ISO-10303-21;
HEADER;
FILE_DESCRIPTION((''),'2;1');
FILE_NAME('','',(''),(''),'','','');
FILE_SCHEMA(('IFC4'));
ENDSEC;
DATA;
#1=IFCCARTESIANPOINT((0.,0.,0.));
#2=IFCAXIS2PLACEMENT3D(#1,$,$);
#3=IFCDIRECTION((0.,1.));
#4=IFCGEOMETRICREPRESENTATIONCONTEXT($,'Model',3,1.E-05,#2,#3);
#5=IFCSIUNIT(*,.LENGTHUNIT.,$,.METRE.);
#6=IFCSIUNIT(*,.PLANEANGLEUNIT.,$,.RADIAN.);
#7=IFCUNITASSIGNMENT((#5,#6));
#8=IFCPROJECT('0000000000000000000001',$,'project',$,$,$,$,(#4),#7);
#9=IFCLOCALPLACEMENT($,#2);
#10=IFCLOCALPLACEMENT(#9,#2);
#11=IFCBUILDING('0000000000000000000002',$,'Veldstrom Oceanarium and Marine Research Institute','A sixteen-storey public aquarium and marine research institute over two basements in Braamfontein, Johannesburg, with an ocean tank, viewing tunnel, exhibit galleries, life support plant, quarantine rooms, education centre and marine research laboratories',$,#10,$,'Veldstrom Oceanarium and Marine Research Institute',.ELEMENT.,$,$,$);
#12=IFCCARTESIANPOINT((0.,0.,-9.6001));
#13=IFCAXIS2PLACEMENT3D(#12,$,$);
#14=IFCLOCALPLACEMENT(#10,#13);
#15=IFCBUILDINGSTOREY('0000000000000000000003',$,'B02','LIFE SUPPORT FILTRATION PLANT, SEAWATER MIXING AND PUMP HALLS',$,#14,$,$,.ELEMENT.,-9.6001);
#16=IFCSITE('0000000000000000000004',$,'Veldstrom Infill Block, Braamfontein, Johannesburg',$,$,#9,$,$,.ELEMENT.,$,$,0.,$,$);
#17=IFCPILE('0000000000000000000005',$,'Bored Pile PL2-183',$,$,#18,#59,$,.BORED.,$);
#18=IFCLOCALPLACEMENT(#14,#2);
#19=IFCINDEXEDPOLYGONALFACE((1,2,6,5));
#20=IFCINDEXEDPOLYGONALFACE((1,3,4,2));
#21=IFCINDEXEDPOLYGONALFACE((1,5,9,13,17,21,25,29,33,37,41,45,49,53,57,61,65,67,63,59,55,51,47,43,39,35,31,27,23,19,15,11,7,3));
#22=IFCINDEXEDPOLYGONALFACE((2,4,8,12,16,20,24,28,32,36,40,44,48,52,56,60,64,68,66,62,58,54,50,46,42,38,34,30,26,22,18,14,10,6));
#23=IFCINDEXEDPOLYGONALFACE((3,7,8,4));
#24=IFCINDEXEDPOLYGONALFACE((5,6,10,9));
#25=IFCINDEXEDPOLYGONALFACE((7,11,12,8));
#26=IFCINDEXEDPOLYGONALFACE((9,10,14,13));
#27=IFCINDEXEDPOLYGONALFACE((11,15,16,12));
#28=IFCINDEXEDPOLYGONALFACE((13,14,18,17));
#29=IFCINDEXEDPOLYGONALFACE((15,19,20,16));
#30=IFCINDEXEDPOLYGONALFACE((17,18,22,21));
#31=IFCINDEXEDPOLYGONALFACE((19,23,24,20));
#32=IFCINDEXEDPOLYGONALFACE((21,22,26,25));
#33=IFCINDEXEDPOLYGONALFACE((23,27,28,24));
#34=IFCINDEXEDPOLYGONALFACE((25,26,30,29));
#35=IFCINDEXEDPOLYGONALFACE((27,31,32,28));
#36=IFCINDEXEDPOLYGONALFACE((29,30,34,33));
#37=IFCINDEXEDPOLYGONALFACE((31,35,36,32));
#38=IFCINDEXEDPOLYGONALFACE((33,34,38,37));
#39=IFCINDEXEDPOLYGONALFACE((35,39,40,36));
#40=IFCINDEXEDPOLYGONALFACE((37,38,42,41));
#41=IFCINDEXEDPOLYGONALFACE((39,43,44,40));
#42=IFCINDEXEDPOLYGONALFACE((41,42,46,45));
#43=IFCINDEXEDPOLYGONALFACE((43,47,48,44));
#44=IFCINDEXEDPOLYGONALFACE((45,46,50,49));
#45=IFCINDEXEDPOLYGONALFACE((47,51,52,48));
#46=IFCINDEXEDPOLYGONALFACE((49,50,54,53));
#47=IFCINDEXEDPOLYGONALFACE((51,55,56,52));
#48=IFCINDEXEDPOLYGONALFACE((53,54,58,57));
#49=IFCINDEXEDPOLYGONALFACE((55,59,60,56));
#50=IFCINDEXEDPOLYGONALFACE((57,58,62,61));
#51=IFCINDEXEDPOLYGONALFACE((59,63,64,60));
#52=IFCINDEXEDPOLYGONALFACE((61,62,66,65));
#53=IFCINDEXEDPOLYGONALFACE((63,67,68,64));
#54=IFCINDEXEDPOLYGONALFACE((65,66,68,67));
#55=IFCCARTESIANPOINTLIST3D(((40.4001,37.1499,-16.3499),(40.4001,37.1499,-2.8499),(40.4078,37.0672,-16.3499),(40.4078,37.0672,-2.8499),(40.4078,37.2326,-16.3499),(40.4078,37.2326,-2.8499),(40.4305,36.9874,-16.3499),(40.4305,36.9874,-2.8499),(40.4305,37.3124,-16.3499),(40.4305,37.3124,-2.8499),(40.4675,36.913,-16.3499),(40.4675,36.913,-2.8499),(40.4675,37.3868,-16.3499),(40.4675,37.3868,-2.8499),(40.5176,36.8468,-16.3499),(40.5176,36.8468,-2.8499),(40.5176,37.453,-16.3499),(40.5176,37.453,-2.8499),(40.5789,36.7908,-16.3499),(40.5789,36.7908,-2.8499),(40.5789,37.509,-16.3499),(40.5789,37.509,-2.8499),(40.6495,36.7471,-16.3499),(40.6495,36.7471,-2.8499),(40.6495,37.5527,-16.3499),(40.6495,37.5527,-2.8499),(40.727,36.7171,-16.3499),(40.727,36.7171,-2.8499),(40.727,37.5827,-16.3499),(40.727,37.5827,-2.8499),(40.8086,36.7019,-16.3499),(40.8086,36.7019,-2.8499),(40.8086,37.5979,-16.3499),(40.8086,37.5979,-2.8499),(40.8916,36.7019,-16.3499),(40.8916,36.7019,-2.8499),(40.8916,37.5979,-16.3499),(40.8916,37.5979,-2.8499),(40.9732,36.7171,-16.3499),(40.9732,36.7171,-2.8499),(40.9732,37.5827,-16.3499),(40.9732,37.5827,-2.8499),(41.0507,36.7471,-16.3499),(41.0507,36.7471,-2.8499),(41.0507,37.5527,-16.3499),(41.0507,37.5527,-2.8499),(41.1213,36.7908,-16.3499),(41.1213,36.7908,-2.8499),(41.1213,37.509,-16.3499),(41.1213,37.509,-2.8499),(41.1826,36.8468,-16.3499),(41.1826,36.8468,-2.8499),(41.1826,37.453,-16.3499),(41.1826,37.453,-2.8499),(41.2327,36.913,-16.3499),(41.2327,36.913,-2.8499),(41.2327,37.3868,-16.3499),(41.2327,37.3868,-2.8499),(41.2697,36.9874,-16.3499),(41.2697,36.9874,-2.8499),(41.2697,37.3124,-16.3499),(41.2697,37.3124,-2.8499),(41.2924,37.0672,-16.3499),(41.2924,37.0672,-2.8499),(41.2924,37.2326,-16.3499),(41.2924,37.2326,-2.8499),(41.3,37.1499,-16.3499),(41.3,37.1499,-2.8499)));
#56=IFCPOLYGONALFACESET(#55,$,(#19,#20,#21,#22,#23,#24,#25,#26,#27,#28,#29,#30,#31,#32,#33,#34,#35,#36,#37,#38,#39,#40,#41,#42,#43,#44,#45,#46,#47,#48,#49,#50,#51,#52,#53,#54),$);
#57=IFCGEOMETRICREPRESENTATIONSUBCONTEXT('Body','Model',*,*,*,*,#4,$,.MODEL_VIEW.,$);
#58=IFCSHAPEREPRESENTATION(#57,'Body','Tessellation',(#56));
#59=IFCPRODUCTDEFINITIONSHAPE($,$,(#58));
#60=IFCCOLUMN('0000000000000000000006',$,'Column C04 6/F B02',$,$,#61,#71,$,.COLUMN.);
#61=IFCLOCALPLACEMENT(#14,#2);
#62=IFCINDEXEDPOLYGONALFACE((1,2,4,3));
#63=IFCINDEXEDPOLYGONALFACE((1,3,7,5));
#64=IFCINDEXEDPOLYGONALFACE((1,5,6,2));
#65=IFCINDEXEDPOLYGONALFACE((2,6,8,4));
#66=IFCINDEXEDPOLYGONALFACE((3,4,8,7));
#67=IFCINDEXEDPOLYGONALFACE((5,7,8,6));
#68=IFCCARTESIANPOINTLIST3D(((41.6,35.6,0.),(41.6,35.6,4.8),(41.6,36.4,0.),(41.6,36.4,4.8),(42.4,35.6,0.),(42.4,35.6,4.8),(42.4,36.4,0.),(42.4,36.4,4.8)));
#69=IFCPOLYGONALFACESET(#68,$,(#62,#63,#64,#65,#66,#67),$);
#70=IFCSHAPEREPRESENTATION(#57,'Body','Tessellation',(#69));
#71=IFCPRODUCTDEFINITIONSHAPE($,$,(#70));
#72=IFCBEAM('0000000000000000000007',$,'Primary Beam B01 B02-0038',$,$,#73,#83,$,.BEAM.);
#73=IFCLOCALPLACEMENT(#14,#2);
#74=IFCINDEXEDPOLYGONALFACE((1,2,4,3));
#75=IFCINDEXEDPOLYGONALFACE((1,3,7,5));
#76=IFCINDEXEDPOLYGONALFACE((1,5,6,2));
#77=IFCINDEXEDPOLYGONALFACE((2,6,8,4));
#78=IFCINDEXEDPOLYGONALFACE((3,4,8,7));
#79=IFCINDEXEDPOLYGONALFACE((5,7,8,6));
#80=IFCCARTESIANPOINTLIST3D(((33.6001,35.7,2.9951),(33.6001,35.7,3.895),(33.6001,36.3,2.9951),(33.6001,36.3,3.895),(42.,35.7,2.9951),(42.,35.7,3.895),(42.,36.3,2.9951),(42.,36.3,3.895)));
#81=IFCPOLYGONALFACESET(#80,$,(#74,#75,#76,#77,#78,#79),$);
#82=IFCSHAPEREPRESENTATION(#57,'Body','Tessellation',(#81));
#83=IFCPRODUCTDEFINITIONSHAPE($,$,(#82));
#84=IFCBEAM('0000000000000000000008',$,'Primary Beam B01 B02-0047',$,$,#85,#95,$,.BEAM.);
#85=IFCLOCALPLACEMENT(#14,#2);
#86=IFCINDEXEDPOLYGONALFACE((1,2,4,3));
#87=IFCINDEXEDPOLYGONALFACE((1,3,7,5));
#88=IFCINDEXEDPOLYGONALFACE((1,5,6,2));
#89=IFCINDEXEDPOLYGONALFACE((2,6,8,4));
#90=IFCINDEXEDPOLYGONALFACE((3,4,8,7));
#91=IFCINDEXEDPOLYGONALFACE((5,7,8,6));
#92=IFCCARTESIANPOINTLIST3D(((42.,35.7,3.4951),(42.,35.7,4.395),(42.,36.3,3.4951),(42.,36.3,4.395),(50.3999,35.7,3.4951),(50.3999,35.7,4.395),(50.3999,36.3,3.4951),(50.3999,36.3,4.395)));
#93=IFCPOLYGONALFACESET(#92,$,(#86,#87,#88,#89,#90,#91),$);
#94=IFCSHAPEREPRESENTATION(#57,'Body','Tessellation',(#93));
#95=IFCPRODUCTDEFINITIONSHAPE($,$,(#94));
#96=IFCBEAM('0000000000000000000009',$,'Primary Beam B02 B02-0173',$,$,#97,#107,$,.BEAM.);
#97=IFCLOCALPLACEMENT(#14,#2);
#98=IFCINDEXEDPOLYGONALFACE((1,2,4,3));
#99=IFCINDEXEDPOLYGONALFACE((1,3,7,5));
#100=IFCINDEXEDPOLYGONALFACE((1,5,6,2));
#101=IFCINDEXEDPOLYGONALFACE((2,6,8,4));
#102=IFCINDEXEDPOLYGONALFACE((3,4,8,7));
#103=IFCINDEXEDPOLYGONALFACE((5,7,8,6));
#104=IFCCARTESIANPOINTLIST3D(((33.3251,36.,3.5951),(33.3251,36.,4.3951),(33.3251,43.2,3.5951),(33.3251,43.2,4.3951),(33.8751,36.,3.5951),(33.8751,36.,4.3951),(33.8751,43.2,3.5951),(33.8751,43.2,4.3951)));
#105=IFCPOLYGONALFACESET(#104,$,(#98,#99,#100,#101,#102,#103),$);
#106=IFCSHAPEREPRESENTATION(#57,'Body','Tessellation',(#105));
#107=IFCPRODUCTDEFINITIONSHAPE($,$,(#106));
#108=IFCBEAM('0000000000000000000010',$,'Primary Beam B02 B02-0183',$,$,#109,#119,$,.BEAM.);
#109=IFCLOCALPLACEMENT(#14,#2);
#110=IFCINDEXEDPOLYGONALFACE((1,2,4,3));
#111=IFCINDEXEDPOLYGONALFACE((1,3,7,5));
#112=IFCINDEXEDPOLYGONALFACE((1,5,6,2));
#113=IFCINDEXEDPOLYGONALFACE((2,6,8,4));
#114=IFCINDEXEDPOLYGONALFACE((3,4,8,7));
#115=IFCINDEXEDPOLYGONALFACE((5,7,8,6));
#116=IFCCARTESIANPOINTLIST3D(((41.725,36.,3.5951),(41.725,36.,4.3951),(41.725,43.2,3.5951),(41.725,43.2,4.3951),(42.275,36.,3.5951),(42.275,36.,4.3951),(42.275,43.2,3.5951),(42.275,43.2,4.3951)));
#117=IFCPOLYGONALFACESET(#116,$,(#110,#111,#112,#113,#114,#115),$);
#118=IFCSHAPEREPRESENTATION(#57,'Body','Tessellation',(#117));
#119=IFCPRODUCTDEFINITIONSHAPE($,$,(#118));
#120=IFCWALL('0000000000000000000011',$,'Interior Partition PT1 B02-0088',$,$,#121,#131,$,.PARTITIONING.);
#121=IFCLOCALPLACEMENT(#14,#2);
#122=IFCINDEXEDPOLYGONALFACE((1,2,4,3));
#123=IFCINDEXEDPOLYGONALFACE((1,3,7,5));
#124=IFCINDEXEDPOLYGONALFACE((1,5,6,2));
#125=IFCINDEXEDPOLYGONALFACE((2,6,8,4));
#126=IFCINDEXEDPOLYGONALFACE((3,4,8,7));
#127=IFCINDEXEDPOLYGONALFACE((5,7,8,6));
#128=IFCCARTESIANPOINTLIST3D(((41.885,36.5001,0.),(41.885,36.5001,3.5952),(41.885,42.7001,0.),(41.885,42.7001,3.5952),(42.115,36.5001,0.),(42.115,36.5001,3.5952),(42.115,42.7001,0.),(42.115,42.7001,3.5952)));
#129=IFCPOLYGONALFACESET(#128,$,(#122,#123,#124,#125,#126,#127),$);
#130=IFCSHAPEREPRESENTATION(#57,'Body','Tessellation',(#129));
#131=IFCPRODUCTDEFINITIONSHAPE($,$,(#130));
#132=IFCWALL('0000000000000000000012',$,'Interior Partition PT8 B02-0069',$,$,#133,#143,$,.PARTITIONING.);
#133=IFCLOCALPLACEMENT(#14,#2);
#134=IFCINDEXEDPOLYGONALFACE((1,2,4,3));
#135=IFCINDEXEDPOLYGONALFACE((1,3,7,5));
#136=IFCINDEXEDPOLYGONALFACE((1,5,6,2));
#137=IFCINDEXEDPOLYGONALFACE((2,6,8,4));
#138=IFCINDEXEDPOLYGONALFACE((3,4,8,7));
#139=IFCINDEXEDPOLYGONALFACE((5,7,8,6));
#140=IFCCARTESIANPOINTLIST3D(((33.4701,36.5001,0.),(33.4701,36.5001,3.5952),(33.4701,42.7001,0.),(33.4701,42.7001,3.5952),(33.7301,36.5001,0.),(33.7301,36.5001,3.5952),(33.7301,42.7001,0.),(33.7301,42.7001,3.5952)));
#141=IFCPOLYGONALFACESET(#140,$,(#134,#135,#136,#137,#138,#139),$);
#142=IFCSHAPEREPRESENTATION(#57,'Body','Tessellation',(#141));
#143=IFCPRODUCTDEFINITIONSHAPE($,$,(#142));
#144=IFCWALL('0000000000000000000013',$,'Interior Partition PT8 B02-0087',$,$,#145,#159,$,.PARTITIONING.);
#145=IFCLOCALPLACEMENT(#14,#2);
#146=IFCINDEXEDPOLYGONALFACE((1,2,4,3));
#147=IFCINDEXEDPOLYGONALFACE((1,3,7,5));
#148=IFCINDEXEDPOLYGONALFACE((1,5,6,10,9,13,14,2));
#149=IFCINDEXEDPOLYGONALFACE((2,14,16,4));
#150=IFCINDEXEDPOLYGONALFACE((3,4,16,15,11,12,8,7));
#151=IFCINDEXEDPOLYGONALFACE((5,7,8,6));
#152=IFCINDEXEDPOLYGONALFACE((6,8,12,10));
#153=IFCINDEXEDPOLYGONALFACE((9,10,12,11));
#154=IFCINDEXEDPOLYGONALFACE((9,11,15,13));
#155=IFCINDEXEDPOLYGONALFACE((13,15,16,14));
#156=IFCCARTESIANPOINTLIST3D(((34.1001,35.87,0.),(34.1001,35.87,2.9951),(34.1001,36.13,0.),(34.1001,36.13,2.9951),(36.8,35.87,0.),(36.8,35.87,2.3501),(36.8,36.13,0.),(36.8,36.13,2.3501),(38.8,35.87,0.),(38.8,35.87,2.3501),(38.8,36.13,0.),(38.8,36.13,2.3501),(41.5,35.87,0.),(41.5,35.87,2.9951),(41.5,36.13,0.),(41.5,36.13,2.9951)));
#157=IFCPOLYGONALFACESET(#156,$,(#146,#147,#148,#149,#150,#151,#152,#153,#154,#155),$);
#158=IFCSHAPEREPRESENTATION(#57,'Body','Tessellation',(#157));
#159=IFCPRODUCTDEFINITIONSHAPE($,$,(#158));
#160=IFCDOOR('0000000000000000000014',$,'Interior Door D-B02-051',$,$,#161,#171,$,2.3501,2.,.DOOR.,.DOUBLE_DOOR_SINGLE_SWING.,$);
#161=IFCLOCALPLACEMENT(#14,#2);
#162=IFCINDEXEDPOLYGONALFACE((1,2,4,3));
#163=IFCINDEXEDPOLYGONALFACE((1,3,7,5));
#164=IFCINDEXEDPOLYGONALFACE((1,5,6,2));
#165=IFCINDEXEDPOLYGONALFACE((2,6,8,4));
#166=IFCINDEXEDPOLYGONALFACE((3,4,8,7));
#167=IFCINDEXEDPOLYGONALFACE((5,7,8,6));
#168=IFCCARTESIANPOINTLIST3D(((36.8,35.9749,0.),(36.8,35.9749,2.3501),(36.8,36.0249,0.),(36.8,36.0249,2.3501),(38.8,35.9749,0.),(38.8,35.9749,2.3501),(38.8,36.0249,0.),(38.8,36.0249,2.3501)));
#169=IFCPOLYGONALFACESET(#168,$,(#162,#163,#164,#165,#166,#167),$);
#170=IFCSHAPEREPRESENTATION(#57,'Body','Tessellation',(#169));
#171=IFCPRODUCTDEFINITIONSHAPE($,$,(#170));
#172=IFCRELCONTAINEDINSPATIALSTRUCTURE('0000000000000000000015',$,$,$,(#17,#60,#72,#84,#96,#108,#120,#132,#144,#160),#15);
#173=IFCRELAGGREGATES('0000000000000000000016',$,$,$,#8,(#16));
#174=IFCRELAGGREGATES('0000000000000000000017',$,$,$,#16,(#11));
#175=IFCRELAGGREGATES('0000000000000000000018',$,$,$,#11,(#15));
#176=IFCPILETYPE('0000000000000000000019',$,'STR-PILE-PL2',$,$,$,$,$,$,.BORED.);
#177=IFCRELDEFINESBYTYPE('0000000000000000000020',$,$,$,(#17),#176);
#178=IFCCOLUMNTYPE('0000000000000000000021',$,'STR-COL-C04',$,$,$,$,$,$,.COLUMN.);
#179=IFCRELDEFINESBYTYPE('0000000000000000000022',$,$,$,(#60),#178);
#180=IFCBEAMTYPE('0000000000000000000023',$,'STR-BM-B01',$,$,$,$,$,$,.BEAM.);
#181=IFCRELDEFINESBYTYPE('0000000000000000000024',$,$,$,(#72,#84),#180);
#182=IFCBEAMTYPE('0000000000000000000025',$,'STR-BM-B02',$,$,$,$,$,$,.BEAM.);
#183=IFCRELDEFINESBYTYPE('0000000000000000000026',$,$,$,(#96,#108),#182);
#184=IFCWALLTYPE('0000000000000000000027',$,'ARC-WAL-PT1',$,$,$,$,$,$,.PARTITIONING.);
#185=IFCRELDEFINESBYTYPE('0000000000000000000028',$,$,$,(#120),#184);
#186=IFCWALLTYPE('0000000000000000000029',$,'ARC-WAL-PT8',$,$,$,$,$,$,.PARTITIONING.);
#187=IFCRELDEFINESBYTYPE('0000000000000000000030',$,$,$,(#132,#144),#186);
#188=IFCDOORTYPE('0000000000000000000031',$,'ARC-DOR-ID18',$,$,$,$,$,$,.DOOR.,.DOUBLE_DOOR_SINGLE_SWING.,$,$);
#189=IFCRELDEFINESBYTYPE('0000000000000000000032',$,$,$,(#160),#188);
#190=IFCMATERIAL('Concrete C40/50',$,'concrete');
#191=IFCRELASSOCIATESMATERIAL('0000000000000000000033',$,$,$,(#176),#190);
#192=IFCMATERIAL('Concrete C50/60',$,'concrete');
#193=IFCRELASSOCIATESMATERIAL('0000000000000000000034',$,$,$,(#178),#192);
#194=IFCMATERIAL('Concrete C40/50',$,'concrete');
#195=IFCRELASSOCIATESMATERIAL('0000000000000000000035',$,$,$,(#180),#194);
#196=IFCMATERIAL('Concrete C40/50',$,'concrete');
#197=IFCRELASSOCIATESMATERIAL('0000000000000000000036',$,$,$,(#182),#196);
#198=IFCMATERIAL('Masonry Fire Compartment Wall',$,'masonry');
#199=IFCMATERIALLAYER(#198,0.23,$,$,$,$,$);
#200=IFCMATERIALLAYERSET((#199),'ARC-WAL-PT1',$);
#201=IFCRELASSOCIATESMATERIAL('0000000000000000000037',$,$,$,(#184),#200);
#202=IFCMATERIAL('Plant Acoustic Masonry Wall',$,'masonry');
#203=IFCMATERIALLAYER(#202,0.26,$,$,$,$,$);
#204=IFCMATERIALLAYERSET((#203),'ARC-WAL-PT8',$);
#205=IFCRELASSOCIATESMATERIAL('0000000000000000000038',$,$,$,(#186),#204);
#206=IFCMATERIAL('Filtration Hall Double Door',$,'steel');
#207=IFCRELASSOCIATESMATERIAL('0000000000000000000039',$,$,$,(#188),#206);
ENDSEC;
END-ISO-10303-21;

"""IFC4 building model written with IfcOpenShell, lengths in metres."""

from ifc_helpers import new_model, si_unit, direction, frame, frame_2d, origin, origin_2d, place, context, subcontext, project, spatial, rectangle, circle, extrude, material, layer, layer_set, material_profile, profile_set, type_object, element, fill, save


model = new_model("IFC4")

# Units and contexts
model_context = context("Model", 3, precision=1e-05, world=origin(), true_north=direction((0.0, 1.0)))
body_context = subcontext(model_context, "Body", "Model", "MODEL_VIEW")
ifc_project = project(units=[si_unit("LENGTHUNIT", "METRE"), si_unit("PLANEANGLEUNIT", "RADIAN")], contexts=[model_context])

# Site, building, storey
site_placement = place(None, origin())
site = spatial("IfcSite", under=ifc_project, at=site_placement, Name="Veldstrom Infill Block, Braamfontein, Johannesburg", CompositionType="ELEMENT", RefElevation=0.0)
building_placement = place(site_placement, origin())
building = spatial("IfcBuilding", under=site, at=building_placement, Name="Veldstrom Oceanarium and Marine Research Institute", Description="A sixteen-storey public aquarium and marine research institute over two basements in Braamfontein, Johannesburg, with an ocean tank, viewing tunnel, exhibit galleries, life support plant, quarantine rooms, education centre and marine research laboratories", LongName="Veldstrom Oceanarium and Marine Research Institute", CompositionType="ELEMENT")
storey_placement = place(building_placement, frame((0.0, 0.0, -9.6001)))
storey = spatial("IfcBuildingStorey", under=building, at=storey_placement, Name="B02", Description="LIFE SUPPORT FILTRATION PLANT, SEAWATER MIXING AND PUMP HALLS", CompositionType="ELEMENT", Elevation=-9.6001)

# Pile
ifc_material_1 = material(Name="Concrete C40/50", Category="concrete")
ifc_material_profile_1 = material_profile(ifc_material_1, circle(Radius=0.45, at=origin_2d()), Name="PILE-D900")
ifc_profile_set_1 = profile_set([ifc_material_profile_1], Name="Concrete C40/50")
pile_type = type_object("IfcPileType", Name="STR-PILE-PL2", PredefinedType="BORED", material=ifc_profile_set_1)
for number, where, z_axis, x_axis, name in (
    (1, (40.8501, 37.1499, -2.8499), (0.0, 0.0, -1.0), (1.0, 0.0, 0.0), "Bored Pile PL2-183"),
):
    element("IfcPile", number, at=place(storey_placement, frame(where, z_axis=z_axis, x_axis=x_axis)), inside=storey, type_object=pile_type, Name=name, PredefinedType="BORED", context=body_context, shape_type="SweptSolid", body=[
        extrude(circle(Radius=0.45, at=origin_2d()), origin(), (0.0, 0.0, 1.0), 13.5),
    ])

# Column
ifc_material_2 = material(Name="Concrete C50/60", Category="concrete")
ifc_material_profile_2 = material_profile(ifc_material_2, rectangle(XDim=0.8, YDim=0.8, at=origin_2d()), Name="RC-COL-800x800")
ifc_profile_set_2 = profile_set([ifc_material_profile_2], Name="Concrete C50/60")
column_type = type_object("IfcColumnType", Name="STR-COL-C04", PredefinedType="COLUMN", material=ifc_profile_set_2)
column_placement = place(storey_placement, frame((42.0, 36.0, 0.0), z_axis=(0.0, 0.0, 1.0), x_axis=(1.0, 0.0, 0.0)))
element("IfcColumn", 2, at=column_placement, inside=storey, type_object=column_type, Name="Column C04 6/F B02", PredefinedType="COLUMN", context=body_context, shape_type="SweptSolid", body=[
    extrude(rectangle(XDim=0.8, YDim=0.8, at=origin_2d()), origin(), (0.0, 0.0, 1.0), 4.8),
])

# Beams
ifc_material_3 = material(Name="Concrete C40/50", Category="concrete")
ifc_material_profile_3 = material_profile(ifc_material_3, rectangle(XDim=0.6001, YDim=0.8999, at=origin_2d()), Name="RC-BM-600x900")
ifc_profile_set_3 = profile_set([ifc_material_profile_3], Name="Concrete C40/50")
beam_type_1 = type_object("IfcBeamType", Name="STR-BM-B01", PredefinedType="BEAM", material=ifc_profile_set_3)
for number, where, z_axis, x_axis, name in (
    (3, (33.6001, 36.0, 3.4451), (1.0, 0.0, 0.0), (0.0, 1.0, 0.0), "Primary Beam B01 B02-0038"),
    (4, (42.0, 36.0, 3.9451), (1.0, 0.0, 0.0), (0.0, 1.0, 0.0), "Primary Beam B01 B02-0047"),
):
    element("IfcBeam", number, at=place(storey_placement, frame(where, z_axis=z_axis, x_axis=x_axis)), inside=storey, type_object=beam_type_1, Name=name, PredefinedType="BEAM", context=body_context, shape_type="SweptSolid", body=[
        extrude(rectangle(XDim=0.6001, YDim=0.8999, at=origin_2d()), origin(), (0.0, 0.0, 1.0), 8.3999),
    ])
ifc_material_4 = material(Name="Concrete C40/50", Category="concrete")
ifc_material_profile_4 = material_profile(ifc_material_4, rectangle(XDim=0.55, YDim=0.8, at=origin_2d()), Name="RC-BM-550x800")
ifc_profile_set_4 = profile_set([ifc_material_profile_4], Name="Concrete C40/50")
beam_type_2 = type_object("IfcBeamType", Name="STR-BM-B02", PredefinedType="BEAM", material=ifc_profile_set_4)
for number, where, z_axis, x_axis, name in (
    (5, (33.6001, 36.0, 3.9951), (0.0, 1.0, 0.0), (-1.0, 0.0, 0.0), "Primary Beam B02 B02-0173"),
    (6, (42.0, 36.0, 3.9951), (0.0, 1.0, 0.0), (-1.0, 0.0, 0.0), "Primary Beam B02 B02-0183"),
):
    element("IfcBeam", number, at=place(storey_placement, frame(where, z_axis=z_axis, x_axis=x_axis)), inside=storey, type_object=beam_type_2, Name=name, PredefinedType="BEAM", context=body_context, shape_type="SweptSolid", body=[
        extrude(rectangle(XDim=0.55, YDim=0.8, at=origin_2d()), origin(), (0.0, 0.0, 1.0), 7.2),
    ])

# Walls
ifc_material_5 = material(Name="Masonry Fire Compartment Wall", Category="masonry")
ifc_layer_1 = layer(ifc_material_5, 0.23)
ifc_layer_set_1 = layer_set([ifc_layer_1], Name="ARC-WAL-PT1")
wall_type_1 = type_object("IfcWallType", Name="ARC-WAL-PT1", PredefinedType="PARTITIONING", material=ifc_layer_set_1)
wall_1_placement = place(storey_placement, frame((42.0, 36.5, 0.0), z_axis=(0.0, 0.0, 1.0), x_axis=(0.0, 1.0, 0.0)))
element("IfcWall", 7, at=wall_1_placement, inside=storey, type_object=wall_type_1, Name="Interior Partition PT1 B02-0088", PredefinedType="PARTITIONING", context=body_context, shape_type="SweptSolid", body=[
    extrude(rectangle(XDim=6.2, YDim=0.23, at=frame_2d((3.1001, 0.0))), origin(), (0.0, 0.0, 1.0), 3.5952),
])
ifc_material_6 = material(Name="Plant Acoustic Masonry Wall", Category="masonry")
ifc_layer_2 = layer(ifc_material_6, 0.26)
ifc_layer_set_2 = layer_set([ifc_layer_2], Name="ARC-WAL-PT8")
wall_type_2 = type_object("IfcWallType", Name="ARC-WAL-PT8", PredefinedType="PARTITIONING", material=ifc_layer_set_2)
wall_2_placement = place(storey_placement, frame((33.6001, 36.5, 0.0), z_axis=(0.0, 0.0, 1.0), x_axis=(0.0, 1.0, 0.0)))
element("IfcWall", 8, at=wall_2_placement, inside=storey, type_object=wall_type_2, Name="Interior Partition PT8 B02-0069", PredefinedType="PARTITIONING", context=body_context, shape_type="SweptSolid", body=[
    extrude(rectangle(XDim=6.2, YDim=0.26, at=frame_2d((3.1001, 0.0))), origin(), (0.0, 0.0, 1.0), 3.5952),
])

# Wall, opening, door
wall_3_placement = place(storey_placement, frame((34.1001, 36.0, 0.0), z_axis=(0.0, 0.0, 1.0), x_axis=(1.0, 0.0, 0.0)))
wall_3 = element("IfcWall", 9, at=wall_3_placement, inside=storey, type_object=wall_type_2, Name="Interior Partition PT8 B02-0087", PredefinedType="PARTITIONING", context=body_context, shape_type="SweptSolid", body=[
    extrude(rectangle(XDim=7.3999, YDim=0.26, at=frame_2d((3.7, 0.0))), origin(), (0.0, 0.0, 1.0), 2.9951),
])
opening_1_placement = place(wall_3_placement, frame((2.7, 0.0, 0.0)))
opening_1 = element("IfcOpeningElement", 10, at=opening_1_placement, cuts=wall_3, PredefinedType="OPENING", context=body_context, shape_type="SweptSolid", body=[
    extrude(rectangle(XDim=2.0, YDim=2.3501, at=frame_2d((1.0, 1.175))), frame((0.0, 0.1399, 0.0), z_axis=(0.0, -1.0, 0.0), x_axis=(1.0, 0.0, 0.0)), (0.0, 0.0, 1.0), 0.28),
])
ifc_material_7 = material(Name="Filtration Hall Double Door", Category="steel")
door_type_1 = type_object("IfcDoorType", Name="ARC-DOR-ID18", OperationType="DOUBLE_DOOR_SINGLE_SWING", PredefinedType="DOOR", material=ifc_material_7)
door_1_placement = place(opening_1_placement, origin())
door_1 = element("IfcDoor", 11, at=door_1_placement, inside=storey, type_object=door_type_1, Name="Interior Door D-B02-051", OperationType="DOUBLE_DOOR_SINGLE_SWING", OverallHeight=2.3501, OverallWidth=2.0, PredefinedType="DOOR", context=body_context, shape_type="SweptSolid", body=[
    extrude(rectangle(XDim=2.0, YDim=2.3501, at=frame_2d((1.0, 1.175))), frame((0.0, 0.0249, 0.0), z_axis=(0.0, -1.0, 0.0), x_axis=(1.0, 0.0, 0.0)), (0.0, 0.0, 1.0), 0.05),
])
fill(opening_1, door_1)

save(model, "model.ifc")
